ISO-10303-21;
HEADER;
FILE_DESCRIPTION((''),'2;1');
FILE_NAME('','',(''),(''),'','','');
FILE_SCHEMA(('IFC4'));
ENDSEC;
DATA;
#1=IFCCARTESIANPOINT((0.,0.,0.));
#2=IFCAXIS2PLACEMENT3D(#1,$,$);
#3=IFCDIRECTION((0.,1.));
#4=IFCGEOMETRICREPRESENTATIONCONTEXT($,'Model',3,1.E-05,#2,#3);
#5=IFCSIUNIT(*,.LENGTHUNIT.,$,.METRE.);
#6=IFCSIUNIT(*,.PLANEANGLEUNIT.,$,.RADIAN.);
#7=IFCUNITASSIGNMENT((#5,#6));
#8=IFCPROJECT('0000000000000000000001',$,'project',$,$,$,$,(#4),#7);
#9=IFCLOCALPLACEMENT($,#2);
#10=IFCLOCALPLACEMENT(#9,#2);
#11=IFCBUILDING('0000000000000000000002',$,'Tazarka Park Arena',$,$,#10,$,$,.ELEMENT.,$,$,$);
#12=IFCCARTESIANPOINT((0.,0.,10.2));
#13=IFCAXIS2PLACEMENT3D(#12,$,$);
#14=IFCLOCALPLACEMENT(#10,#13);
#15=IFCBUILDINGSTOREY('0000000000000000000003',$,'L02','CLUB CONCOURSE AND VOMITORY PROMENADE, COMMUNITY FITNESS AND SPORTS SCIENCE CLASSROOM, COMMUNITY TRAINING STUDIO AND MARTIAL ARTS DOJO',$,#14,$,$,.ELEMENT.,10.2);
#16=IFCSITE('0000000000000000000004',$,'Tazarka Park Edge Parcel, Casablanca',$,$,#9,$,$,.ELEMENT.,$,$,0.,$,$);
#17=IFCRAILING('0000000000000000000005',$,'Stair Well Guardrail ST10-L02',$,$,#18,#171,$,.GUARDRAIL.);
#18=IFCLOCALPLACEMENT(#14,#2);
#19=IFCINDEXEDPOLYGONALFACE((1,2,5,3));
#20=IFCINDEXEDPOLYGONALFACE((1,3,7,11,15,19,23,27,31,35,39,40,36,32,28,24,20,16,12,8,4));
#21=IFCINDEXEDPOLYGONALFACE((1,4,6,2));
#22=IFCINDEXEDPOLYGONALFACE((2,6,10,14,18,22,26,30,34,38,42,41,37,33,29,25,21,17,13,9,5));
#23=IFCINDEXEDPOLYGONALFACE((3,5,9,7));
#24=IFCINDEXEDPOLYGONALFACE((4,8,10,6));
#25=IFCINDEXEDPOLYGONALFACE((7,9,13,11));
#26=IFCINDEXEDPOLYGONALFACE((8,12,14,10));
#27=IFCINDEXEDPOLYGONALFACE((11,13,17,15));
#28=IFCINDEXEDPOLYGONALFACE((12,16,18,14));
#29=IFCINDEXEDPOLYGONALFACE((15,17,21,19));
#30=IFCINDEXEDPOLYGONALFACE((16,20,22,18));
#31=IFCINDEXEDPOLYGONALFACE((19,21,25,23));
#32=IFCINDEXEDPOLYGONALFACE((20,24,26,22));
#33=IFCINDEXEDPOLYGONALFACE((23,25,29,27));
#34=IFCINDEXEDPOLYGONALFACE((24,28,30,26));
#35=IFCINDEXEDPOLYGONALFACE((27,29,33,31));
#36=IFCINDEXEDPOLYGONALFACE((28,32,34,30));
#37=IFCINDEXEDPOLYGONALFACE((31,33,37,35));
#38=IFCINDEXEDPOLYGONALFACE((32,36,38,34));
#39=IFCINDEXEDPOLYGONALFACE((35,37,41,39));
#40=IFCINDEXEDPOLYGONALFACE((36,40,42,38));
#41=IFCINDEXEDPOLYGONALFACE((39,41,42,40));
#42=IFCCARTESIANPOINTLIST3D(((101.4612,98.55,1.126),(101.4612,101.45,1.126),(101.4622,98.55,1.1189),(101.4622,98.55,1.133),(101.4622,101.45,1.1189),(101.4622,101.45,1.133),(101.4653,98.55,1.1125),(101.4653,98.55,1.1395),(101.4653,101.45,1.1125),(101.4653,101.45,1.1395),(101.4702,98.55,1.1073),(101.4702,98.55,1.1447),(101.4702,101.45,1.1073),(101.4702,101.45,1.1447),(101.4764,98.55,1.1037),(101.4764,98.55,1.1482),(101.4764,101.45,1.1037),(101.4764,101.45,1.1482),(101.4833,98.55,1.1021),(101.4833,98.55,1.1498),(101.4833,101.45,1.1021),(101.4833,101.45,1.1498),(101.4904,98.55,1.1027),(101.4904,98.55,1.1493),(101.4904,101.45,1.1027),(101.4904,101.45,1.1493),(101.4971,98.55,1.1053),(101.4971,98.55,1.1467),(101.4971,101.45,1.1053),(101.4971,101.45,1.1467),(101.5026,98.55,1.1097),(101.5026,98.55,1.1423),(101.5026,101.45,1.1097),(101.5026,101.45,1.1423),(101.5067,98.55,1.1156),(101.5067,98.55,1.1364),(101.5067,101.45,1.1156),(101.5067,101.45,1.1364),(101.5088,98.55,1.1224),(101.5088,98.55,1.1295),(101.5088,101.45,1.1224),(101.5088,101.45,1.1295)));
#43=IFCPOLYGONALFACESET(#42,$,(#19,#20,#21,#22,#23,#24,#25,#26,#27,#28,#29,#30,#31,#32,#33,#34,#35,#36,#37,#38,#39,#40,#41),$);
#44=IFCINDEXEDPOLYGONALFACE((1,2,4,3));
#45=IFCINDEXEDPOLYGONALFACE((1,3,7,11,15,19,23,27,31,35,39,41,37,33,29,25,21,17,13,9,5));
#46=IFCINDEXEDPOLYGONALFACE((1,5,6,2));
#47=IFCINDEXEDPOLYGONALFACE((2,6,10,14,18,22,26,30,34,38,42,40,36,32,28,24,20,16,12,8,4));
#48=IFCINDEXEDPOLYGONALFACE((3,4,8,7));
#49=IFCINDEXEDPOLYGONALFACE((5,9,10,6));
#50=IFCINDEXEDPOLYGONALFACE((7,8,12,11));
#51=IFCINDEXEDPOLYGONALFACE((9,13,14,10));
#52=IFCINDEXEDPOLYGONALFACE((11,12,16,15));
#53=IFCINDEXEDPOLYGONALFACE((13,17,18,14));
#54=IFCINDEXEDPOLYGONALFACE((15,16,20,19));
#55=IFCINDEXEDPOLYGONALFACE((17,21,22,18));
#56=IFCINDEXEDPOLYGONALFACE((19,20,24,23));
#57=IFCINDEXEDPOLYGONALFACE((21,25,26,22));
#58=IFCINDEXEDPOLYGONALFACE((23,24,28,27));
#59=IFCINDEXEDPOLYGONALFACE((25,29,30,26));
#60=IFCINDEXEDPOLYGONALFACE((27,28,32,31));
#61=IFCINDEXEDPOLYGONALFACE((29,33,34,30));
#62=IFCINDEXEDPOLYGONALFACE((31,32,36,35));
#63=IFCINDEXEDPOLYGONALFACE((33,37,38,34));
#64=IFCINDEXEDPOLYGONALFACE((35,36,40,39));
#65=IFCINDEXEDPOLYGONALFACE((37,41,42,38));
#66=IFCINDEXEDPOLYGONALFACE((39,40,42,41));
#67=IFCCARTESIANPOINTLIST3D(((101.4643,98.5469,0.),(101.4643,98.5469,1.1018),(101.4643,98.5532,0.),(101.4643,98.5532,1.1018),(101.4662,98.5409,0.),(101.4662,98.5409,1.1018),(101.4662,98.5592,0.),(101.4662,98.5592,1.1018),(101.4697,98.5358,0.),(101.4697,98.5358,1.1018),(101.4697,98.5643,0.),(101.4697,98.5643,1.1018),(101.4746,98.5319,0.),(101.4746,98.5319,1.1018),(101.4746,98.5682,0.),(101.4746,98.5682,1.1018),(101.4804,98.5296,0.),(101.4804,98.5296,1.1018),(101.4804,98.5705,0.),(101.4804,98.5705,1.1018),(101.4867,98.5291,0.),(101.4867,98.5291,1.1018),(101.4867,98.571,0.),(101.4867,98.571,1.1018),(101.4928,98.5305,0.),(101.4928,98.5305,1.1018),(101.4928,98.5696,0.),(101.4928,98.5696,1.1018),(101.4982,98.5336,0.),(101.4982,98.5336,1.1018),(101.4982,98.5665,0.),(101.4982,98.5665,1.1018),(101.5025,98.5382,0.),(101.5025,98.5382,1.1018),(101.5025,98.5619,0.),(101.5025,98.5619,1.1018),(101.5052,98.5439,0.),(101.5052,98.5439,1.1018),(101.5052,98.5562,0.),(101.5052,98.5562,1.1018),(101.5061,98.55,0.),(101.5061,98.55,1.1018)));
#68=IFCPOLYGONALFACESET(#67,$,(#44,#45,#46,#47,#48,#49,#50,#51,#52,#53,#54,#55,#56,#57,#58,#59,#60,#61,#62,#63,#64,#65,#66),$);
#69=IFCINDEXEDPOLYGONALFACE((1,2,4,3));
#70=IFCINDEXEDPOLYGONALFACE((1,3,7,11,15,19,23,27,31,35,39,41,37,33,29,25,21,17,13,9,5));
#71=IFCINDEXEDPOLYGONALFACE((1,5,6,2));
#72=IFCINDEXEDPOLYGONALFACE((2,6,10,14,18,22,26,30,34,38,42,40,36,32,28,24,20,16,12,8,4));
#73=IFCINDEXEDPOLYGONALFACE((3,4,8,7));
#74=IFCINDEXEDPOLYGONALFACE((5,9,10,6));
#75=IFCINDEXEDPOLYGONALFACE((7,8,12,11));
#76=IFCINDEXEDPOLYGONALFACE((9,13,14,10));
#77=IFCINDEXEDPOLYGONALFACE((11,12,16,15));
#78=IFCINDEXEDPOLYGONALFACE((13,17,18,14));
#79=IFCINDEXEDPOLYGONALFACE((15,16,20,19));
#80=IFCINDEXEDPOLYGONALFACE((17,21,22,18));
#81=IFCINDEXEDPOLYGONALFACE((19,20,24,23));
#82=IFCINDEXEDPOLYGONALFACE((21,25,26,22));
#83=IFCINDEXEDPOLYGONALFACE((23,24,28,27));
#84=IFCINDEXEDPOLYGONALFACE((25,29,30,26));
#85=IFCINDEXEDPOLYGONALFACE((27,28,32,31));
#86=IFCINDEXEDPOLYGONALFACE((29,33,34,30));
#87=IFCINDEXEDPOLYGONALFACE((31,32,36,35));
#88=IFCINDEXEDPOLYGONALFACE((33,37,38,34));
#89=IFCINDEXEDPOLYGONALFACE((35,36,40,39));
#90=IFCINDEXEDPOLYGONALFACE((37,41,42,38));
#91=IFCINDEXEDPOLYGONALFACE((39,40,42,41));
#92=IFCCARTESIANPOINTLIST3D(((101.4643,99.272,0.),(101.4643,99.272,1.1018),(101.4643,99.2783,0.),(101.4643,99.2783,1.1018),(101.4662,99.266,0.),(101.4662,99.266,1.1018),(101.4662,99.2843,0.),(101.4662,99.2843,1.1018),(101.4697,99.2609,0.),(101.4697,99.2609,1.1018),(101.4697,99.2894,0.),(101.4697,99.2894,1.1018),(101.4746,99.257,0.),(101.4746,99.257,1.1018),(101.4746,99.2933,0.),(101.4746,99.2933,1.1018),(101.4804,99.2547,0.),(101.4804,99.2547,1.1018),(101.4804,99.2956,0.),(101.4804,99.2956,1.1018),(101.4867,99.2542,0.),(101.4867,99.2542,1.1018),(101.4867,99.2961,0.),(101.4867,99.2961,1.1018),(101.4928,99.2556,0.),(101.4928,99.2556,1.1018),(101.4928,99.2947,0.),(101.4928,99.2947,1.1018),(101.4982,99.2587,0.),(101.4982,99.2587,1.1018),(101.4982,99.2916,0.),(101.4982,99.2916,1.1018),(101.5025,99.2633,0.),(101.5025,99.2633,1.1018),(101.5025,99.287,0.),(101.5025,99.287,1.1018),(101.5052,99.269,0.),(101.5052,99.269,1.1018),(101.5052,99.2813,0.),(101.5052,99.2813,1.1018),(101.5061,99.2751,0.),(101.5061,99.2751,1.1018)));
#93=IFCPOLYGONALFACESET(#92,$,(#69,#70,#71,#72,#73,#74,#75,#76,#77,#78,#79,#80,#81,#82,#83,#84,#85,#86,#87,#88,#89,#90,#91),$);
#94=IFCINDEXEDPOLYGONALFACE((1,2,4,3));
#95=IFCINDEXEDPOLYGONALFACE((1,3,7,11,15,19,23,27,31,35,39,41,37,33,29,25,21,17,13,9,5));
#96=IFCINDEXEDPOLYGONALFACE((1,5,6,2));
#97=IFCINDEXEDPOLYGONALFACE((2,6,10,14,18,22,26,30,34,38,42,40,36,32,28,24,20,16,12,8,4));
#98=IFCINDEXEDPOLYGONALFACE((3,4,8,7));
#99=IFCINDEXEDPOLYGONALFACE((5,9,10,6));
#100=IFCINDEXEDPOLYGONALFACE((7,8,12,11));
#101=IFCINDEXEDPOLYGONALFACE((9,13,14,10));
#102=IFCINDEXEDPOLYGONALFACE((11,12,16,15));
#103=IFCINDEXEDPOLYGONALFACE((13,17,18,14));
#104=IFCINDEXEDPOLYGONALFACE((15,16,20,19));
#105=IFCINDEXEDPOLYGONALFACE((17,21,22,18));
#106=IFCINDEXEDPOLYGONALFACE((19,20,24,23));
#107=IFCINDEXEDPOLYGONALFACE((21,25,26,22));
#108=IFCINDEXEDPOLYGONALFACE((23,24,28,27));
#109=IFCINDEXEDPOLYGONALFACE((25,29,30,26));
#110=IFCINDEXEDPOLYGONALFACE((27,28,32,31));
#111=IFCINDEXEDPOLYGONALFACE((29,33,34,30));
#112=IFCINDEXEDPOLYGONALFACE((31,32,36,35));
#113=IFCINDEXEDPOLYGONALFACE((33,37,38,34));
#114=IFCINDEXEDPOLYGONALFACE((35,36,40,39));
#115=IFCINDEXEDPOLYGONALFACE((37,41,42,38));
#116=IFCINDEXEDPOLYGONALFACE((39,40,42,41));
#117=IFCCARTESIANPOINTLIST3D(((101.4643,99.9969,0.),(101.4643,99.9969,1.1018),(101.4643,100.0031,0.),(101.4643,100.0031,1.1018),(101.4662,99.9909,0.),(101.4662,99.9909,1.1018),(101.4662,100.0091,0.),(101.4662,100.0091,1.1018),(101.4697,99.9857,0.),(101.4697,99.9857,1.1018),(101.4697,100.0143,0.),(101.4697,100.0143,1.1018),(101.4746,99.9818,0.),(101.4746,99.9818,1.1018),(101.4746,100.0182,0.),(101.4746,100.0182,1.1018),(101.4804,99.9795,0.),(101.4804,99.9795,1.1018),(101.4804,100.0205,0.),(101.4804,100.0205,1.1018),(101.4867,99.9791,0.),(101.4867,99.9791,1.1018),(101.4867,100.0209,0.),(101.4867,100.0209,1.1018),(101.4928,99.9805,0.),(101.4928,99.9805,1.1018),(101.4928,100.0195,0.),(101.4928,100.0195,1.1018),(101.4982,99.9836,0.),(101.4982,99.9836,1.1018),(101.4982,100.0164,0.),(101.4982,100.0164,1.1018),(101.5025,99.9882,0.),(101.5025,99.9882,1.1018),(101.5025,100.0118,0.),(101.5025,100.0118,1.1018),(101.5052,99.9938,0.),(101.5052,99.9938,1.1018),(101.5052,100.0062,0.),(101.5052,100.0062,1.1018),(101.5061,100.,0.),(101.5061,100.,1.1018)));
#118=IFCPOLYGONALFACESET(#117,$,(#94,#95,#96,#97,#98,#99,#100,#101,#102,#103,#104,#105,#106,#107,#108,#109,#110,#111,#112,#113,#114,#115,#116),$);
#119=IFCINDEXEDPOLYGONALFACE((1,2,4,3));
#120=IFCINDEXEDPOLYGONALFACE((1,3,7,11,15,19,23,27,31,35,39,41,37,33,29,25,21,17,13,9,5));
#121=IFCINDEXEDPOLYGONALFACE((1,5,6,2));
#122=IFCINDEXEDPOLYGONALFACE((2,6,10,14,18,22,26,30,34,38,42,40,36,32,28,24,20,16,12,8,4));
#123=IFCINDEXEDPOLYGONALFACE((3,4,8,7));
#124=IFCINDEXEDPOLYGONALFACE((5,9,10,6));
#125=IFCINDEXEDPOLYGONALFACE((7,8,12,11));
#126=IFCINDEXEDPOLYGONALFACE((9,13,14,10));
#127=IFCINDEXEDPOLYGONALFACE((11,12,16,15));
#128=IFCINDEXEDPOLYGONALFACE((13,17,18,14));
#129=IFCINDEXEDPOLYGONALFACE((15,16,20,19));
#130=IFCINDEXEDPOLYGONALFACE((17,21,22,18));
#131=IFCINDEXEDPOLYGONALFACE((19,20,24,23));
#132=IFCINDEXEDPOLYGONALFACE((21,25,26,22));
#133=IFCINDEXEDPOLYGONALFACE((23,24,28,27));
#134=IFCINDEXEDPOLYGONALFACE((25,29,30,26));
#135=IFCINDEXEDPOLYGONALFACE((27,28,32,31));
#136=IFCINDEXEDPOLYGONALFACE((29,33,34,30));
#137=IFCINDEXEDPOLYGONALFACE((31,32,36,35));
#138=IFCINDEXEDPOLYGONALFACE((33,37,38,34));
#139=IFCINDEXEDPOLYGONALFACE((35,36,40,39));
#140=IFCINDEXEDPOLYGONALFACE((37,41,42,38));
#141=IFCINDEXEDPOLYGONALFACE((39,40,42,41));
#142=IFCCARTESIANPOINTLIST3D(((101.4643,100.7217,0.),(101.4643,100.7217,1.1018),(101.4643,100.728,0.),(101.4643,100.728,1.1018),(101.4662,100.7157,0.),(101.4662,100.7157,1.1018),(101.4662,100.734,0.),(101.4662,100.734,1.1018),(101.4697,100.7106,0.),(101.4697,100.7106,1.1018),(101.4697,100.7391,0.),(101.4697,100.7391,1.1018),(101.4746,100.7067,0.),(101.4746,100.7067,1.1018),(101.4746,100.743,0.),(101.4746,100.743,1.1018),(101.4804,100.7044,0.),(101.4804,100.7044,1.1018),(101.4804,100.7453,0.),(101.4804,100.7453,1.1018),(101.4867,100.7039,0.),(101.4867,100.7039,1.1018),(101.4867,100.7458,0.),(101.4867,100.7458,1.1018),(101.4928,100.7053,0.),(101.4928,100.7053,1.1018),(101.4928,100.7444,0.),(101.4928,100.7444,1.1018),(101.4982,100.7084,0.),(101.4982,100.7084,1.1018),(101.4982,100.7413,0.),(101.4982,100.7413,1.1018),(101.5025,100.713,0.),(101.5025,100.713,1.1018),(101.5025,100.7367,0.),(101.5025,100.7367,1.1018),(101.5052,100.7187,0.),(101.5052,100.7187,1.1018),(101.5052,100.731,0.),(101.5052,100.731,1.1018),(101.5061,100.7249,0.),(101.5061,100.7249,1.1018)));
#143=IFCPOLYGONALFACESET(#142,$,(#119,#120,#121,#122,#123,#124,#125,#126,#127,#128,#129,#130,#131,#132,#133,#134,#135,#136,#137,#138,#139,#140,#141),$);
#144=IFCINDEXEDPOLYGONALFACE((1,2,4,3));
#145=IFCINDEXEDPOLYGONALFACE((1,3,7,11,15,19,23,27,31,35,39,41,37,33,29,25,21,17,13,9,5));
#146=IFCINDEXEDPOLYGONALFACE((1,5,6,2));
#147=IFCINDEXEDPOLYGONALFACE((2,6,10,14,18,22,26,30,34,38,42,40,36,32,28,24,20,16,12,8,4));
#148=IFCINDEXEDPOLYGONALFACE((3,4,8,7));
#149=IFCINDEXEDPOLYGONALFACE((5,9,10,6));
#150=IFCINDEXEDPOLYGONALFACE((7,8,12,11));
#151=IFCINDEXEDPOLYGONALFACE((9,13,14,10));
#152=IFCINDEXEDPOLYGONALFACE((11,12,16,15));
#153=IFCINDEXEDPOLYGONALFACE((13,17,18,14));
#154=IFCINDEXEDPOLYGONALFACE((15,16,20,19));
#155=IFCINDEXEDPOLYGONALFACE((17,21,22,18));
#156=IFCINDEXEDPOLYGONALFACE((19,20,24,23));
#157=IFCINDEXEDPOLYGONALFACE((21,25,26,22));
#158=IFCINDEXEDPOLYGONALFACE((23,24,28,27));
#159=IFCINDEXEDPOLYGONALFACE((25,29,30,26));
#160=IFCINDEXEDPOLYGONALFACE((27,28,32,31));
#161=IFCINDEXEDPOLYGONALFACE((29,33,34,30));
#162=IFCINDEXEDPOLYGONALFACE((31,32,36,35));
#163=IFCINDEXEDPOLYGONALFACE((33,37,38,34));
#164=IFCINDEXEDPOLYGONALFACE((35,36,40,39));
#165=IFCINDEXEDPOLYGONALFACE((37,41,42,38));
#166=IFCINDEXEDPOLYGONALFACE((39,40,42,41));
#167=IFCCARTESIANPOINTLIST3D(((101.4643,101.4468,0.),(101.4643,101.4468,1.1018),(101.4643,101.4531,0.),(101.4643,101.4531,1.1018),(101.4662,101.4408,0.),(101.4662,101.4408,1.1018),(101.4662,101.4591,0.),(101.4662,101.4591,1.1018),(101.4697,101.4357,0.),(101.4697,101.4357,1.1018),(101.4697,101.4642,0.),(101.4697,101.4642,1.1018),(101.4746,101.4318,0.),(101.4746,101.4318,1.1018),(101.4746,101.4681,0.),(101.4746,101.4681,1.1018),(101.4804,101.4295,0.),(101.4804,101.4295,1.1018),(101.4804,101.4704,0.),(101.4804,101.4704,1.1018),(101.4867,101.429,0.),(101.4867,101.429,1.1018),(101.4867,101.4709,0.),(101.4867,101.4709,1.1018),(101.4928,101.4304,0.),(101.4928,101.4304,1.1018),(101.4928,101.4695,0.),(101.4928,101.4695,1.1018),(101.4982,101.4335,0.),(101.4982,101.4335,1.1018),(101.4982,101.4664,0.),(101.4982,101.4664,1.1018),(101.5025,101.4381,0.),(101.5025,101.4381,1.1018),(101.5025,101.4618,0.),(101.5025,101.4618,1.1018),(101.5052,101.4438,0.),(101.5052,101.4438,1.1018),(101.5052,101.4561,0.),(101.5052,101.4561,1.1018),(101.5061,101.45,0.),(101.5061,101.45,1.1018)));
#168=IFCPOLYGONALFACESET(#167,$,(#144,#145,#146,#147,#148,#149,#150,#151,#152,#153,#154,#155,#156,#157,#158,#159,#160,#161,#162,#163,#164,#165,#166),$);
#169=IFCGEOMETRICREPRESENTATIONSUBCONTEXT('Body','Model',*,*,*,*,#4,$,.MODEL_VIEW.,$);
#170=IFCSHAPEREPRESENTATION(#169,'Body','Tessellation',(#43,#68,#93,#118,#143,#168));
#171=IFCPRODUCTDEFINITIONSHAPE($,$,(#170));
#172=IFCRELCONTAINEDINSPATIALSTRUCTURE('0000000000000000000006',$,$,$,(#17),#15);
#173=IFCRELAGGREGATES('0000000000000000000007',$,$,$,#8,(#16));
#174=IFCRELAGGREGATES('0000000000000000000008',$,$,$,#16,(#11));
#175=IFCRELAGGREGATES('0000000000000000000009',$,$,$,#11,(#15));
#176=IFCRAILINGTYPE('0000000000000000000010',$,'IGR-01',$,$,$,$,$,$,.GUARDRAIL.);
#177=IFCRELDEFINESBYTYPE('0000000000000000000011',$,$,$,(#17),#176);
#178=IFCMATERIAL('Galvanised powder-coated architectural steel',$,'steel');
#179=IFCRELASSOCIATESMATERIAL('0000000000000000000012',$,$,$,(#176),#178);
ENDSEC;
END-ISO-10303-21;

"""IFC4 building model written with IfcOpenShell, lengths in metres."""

from ifc_helpers import new_model, si_unit, direction, frame, origin, origin_2d, place, context, subcontext, project, spatial, circle, extrude, material, type_object, element, save


model = new_model("IFC4")

# Units and contexts
model_context = context("Model", 3, precision=1e-05, world=origin(), true_north=direction((0.0, 1.0)))
body_context = subcontext(model_context, "Body", "Model", "MODEL_VIEW")
ifc_project = project(units=[si_unit("LENGTHUNIT", "METRE"), si_unit("PLANEANGLEUNIT", "RADIAN")], contexts=[model_context])

# Site, building, storey
site_placement = place(None, origin())
site = spatial("IfcSite", under=ifc_project, at=site_placement, Name="Tazarka Park Edge Parcel, Casablanca", CompositionType="ELEMENT", RefElevation=0.0)
building_placement = place(site_placement, origin())
building = spatial("IfcBuilding", under=site, at=building_placement, Name="Tazarka Park Arena", CompositionType="ELEMENT")
storey_placement = place(building_placement, frame((0.0, 0.0, 10.2)))
storey = spatial("IfcBuildingStorey", under=building, at=storey_placement, Name="L02", Description="CLUB CONCOURSE AND VOMITORY PROMENADE, COMMUNITY FITNESS AND SPORTS SCIENCE CLASSROOM, COMMUNITY TRAINING STUDIO AND MARTIAL ARTS DOJO", CompositionType="ELEMENT", Elevation=10.2)

# Railing
ifc_material_1 = material(Name="Galvanised powder-coated architectural steel", Category="steel")
railing_type_1 = type_object("IfcRailingType", Name="IGR-01", PredefinedType="GUARDRAIL", material=ifc_material_1)
for number, where, name in (
    (1, (101.4851, 98.55, 0.0), "Stair Well Guardrail ST10-L02"),
):
    element("IfcRailing", number, at=place(storey_placement, frame(where)), inside=storey, type_object=railing_type_1, Name=name, PredefinedType="GUARDRAIL", context=body_context, shape_type="SweptSolid", body=[
        extrude(circle(Radius=0.0239, at=origin_2d()), frame((0.0, 0.0, 1.126), z_axis=(0.0, 1.0, 0.0), x_axis=(-1.0, 0.0, 0.0)), (0.0, 0.0, 1.0), 2.8999),
        extrude(circle(Radius=0.021, at=origin_2d()), origin(), (0.0, 0.0, 1.0), 1.1018),
        extrude(circle(Radius=0.021, at=origin_2d()), frame((0.0, 0.7251, 0.0)), (0.0, 0.0, 1.0), 1.1018),
        extrude(circle(Radius=0.021, at=origin_2d()), frame((0.0, 1.45, 0.0)), (0.0, 0.0, 1.0), 1.1018),
        extrude(circle(Radius=0.021, at=origin_2d()), frame((0.0, 2.1748, 0.0)), (0.0, 0.0, 1.0), 1.1018),
        extrude(circle(Radius=0.021, at=origin_2d()), frame((0.0, 2.8999, 0.0)), (0.0, 0.0, 1.0), 1.1018),
    ])

save(model, "model.ifc")
